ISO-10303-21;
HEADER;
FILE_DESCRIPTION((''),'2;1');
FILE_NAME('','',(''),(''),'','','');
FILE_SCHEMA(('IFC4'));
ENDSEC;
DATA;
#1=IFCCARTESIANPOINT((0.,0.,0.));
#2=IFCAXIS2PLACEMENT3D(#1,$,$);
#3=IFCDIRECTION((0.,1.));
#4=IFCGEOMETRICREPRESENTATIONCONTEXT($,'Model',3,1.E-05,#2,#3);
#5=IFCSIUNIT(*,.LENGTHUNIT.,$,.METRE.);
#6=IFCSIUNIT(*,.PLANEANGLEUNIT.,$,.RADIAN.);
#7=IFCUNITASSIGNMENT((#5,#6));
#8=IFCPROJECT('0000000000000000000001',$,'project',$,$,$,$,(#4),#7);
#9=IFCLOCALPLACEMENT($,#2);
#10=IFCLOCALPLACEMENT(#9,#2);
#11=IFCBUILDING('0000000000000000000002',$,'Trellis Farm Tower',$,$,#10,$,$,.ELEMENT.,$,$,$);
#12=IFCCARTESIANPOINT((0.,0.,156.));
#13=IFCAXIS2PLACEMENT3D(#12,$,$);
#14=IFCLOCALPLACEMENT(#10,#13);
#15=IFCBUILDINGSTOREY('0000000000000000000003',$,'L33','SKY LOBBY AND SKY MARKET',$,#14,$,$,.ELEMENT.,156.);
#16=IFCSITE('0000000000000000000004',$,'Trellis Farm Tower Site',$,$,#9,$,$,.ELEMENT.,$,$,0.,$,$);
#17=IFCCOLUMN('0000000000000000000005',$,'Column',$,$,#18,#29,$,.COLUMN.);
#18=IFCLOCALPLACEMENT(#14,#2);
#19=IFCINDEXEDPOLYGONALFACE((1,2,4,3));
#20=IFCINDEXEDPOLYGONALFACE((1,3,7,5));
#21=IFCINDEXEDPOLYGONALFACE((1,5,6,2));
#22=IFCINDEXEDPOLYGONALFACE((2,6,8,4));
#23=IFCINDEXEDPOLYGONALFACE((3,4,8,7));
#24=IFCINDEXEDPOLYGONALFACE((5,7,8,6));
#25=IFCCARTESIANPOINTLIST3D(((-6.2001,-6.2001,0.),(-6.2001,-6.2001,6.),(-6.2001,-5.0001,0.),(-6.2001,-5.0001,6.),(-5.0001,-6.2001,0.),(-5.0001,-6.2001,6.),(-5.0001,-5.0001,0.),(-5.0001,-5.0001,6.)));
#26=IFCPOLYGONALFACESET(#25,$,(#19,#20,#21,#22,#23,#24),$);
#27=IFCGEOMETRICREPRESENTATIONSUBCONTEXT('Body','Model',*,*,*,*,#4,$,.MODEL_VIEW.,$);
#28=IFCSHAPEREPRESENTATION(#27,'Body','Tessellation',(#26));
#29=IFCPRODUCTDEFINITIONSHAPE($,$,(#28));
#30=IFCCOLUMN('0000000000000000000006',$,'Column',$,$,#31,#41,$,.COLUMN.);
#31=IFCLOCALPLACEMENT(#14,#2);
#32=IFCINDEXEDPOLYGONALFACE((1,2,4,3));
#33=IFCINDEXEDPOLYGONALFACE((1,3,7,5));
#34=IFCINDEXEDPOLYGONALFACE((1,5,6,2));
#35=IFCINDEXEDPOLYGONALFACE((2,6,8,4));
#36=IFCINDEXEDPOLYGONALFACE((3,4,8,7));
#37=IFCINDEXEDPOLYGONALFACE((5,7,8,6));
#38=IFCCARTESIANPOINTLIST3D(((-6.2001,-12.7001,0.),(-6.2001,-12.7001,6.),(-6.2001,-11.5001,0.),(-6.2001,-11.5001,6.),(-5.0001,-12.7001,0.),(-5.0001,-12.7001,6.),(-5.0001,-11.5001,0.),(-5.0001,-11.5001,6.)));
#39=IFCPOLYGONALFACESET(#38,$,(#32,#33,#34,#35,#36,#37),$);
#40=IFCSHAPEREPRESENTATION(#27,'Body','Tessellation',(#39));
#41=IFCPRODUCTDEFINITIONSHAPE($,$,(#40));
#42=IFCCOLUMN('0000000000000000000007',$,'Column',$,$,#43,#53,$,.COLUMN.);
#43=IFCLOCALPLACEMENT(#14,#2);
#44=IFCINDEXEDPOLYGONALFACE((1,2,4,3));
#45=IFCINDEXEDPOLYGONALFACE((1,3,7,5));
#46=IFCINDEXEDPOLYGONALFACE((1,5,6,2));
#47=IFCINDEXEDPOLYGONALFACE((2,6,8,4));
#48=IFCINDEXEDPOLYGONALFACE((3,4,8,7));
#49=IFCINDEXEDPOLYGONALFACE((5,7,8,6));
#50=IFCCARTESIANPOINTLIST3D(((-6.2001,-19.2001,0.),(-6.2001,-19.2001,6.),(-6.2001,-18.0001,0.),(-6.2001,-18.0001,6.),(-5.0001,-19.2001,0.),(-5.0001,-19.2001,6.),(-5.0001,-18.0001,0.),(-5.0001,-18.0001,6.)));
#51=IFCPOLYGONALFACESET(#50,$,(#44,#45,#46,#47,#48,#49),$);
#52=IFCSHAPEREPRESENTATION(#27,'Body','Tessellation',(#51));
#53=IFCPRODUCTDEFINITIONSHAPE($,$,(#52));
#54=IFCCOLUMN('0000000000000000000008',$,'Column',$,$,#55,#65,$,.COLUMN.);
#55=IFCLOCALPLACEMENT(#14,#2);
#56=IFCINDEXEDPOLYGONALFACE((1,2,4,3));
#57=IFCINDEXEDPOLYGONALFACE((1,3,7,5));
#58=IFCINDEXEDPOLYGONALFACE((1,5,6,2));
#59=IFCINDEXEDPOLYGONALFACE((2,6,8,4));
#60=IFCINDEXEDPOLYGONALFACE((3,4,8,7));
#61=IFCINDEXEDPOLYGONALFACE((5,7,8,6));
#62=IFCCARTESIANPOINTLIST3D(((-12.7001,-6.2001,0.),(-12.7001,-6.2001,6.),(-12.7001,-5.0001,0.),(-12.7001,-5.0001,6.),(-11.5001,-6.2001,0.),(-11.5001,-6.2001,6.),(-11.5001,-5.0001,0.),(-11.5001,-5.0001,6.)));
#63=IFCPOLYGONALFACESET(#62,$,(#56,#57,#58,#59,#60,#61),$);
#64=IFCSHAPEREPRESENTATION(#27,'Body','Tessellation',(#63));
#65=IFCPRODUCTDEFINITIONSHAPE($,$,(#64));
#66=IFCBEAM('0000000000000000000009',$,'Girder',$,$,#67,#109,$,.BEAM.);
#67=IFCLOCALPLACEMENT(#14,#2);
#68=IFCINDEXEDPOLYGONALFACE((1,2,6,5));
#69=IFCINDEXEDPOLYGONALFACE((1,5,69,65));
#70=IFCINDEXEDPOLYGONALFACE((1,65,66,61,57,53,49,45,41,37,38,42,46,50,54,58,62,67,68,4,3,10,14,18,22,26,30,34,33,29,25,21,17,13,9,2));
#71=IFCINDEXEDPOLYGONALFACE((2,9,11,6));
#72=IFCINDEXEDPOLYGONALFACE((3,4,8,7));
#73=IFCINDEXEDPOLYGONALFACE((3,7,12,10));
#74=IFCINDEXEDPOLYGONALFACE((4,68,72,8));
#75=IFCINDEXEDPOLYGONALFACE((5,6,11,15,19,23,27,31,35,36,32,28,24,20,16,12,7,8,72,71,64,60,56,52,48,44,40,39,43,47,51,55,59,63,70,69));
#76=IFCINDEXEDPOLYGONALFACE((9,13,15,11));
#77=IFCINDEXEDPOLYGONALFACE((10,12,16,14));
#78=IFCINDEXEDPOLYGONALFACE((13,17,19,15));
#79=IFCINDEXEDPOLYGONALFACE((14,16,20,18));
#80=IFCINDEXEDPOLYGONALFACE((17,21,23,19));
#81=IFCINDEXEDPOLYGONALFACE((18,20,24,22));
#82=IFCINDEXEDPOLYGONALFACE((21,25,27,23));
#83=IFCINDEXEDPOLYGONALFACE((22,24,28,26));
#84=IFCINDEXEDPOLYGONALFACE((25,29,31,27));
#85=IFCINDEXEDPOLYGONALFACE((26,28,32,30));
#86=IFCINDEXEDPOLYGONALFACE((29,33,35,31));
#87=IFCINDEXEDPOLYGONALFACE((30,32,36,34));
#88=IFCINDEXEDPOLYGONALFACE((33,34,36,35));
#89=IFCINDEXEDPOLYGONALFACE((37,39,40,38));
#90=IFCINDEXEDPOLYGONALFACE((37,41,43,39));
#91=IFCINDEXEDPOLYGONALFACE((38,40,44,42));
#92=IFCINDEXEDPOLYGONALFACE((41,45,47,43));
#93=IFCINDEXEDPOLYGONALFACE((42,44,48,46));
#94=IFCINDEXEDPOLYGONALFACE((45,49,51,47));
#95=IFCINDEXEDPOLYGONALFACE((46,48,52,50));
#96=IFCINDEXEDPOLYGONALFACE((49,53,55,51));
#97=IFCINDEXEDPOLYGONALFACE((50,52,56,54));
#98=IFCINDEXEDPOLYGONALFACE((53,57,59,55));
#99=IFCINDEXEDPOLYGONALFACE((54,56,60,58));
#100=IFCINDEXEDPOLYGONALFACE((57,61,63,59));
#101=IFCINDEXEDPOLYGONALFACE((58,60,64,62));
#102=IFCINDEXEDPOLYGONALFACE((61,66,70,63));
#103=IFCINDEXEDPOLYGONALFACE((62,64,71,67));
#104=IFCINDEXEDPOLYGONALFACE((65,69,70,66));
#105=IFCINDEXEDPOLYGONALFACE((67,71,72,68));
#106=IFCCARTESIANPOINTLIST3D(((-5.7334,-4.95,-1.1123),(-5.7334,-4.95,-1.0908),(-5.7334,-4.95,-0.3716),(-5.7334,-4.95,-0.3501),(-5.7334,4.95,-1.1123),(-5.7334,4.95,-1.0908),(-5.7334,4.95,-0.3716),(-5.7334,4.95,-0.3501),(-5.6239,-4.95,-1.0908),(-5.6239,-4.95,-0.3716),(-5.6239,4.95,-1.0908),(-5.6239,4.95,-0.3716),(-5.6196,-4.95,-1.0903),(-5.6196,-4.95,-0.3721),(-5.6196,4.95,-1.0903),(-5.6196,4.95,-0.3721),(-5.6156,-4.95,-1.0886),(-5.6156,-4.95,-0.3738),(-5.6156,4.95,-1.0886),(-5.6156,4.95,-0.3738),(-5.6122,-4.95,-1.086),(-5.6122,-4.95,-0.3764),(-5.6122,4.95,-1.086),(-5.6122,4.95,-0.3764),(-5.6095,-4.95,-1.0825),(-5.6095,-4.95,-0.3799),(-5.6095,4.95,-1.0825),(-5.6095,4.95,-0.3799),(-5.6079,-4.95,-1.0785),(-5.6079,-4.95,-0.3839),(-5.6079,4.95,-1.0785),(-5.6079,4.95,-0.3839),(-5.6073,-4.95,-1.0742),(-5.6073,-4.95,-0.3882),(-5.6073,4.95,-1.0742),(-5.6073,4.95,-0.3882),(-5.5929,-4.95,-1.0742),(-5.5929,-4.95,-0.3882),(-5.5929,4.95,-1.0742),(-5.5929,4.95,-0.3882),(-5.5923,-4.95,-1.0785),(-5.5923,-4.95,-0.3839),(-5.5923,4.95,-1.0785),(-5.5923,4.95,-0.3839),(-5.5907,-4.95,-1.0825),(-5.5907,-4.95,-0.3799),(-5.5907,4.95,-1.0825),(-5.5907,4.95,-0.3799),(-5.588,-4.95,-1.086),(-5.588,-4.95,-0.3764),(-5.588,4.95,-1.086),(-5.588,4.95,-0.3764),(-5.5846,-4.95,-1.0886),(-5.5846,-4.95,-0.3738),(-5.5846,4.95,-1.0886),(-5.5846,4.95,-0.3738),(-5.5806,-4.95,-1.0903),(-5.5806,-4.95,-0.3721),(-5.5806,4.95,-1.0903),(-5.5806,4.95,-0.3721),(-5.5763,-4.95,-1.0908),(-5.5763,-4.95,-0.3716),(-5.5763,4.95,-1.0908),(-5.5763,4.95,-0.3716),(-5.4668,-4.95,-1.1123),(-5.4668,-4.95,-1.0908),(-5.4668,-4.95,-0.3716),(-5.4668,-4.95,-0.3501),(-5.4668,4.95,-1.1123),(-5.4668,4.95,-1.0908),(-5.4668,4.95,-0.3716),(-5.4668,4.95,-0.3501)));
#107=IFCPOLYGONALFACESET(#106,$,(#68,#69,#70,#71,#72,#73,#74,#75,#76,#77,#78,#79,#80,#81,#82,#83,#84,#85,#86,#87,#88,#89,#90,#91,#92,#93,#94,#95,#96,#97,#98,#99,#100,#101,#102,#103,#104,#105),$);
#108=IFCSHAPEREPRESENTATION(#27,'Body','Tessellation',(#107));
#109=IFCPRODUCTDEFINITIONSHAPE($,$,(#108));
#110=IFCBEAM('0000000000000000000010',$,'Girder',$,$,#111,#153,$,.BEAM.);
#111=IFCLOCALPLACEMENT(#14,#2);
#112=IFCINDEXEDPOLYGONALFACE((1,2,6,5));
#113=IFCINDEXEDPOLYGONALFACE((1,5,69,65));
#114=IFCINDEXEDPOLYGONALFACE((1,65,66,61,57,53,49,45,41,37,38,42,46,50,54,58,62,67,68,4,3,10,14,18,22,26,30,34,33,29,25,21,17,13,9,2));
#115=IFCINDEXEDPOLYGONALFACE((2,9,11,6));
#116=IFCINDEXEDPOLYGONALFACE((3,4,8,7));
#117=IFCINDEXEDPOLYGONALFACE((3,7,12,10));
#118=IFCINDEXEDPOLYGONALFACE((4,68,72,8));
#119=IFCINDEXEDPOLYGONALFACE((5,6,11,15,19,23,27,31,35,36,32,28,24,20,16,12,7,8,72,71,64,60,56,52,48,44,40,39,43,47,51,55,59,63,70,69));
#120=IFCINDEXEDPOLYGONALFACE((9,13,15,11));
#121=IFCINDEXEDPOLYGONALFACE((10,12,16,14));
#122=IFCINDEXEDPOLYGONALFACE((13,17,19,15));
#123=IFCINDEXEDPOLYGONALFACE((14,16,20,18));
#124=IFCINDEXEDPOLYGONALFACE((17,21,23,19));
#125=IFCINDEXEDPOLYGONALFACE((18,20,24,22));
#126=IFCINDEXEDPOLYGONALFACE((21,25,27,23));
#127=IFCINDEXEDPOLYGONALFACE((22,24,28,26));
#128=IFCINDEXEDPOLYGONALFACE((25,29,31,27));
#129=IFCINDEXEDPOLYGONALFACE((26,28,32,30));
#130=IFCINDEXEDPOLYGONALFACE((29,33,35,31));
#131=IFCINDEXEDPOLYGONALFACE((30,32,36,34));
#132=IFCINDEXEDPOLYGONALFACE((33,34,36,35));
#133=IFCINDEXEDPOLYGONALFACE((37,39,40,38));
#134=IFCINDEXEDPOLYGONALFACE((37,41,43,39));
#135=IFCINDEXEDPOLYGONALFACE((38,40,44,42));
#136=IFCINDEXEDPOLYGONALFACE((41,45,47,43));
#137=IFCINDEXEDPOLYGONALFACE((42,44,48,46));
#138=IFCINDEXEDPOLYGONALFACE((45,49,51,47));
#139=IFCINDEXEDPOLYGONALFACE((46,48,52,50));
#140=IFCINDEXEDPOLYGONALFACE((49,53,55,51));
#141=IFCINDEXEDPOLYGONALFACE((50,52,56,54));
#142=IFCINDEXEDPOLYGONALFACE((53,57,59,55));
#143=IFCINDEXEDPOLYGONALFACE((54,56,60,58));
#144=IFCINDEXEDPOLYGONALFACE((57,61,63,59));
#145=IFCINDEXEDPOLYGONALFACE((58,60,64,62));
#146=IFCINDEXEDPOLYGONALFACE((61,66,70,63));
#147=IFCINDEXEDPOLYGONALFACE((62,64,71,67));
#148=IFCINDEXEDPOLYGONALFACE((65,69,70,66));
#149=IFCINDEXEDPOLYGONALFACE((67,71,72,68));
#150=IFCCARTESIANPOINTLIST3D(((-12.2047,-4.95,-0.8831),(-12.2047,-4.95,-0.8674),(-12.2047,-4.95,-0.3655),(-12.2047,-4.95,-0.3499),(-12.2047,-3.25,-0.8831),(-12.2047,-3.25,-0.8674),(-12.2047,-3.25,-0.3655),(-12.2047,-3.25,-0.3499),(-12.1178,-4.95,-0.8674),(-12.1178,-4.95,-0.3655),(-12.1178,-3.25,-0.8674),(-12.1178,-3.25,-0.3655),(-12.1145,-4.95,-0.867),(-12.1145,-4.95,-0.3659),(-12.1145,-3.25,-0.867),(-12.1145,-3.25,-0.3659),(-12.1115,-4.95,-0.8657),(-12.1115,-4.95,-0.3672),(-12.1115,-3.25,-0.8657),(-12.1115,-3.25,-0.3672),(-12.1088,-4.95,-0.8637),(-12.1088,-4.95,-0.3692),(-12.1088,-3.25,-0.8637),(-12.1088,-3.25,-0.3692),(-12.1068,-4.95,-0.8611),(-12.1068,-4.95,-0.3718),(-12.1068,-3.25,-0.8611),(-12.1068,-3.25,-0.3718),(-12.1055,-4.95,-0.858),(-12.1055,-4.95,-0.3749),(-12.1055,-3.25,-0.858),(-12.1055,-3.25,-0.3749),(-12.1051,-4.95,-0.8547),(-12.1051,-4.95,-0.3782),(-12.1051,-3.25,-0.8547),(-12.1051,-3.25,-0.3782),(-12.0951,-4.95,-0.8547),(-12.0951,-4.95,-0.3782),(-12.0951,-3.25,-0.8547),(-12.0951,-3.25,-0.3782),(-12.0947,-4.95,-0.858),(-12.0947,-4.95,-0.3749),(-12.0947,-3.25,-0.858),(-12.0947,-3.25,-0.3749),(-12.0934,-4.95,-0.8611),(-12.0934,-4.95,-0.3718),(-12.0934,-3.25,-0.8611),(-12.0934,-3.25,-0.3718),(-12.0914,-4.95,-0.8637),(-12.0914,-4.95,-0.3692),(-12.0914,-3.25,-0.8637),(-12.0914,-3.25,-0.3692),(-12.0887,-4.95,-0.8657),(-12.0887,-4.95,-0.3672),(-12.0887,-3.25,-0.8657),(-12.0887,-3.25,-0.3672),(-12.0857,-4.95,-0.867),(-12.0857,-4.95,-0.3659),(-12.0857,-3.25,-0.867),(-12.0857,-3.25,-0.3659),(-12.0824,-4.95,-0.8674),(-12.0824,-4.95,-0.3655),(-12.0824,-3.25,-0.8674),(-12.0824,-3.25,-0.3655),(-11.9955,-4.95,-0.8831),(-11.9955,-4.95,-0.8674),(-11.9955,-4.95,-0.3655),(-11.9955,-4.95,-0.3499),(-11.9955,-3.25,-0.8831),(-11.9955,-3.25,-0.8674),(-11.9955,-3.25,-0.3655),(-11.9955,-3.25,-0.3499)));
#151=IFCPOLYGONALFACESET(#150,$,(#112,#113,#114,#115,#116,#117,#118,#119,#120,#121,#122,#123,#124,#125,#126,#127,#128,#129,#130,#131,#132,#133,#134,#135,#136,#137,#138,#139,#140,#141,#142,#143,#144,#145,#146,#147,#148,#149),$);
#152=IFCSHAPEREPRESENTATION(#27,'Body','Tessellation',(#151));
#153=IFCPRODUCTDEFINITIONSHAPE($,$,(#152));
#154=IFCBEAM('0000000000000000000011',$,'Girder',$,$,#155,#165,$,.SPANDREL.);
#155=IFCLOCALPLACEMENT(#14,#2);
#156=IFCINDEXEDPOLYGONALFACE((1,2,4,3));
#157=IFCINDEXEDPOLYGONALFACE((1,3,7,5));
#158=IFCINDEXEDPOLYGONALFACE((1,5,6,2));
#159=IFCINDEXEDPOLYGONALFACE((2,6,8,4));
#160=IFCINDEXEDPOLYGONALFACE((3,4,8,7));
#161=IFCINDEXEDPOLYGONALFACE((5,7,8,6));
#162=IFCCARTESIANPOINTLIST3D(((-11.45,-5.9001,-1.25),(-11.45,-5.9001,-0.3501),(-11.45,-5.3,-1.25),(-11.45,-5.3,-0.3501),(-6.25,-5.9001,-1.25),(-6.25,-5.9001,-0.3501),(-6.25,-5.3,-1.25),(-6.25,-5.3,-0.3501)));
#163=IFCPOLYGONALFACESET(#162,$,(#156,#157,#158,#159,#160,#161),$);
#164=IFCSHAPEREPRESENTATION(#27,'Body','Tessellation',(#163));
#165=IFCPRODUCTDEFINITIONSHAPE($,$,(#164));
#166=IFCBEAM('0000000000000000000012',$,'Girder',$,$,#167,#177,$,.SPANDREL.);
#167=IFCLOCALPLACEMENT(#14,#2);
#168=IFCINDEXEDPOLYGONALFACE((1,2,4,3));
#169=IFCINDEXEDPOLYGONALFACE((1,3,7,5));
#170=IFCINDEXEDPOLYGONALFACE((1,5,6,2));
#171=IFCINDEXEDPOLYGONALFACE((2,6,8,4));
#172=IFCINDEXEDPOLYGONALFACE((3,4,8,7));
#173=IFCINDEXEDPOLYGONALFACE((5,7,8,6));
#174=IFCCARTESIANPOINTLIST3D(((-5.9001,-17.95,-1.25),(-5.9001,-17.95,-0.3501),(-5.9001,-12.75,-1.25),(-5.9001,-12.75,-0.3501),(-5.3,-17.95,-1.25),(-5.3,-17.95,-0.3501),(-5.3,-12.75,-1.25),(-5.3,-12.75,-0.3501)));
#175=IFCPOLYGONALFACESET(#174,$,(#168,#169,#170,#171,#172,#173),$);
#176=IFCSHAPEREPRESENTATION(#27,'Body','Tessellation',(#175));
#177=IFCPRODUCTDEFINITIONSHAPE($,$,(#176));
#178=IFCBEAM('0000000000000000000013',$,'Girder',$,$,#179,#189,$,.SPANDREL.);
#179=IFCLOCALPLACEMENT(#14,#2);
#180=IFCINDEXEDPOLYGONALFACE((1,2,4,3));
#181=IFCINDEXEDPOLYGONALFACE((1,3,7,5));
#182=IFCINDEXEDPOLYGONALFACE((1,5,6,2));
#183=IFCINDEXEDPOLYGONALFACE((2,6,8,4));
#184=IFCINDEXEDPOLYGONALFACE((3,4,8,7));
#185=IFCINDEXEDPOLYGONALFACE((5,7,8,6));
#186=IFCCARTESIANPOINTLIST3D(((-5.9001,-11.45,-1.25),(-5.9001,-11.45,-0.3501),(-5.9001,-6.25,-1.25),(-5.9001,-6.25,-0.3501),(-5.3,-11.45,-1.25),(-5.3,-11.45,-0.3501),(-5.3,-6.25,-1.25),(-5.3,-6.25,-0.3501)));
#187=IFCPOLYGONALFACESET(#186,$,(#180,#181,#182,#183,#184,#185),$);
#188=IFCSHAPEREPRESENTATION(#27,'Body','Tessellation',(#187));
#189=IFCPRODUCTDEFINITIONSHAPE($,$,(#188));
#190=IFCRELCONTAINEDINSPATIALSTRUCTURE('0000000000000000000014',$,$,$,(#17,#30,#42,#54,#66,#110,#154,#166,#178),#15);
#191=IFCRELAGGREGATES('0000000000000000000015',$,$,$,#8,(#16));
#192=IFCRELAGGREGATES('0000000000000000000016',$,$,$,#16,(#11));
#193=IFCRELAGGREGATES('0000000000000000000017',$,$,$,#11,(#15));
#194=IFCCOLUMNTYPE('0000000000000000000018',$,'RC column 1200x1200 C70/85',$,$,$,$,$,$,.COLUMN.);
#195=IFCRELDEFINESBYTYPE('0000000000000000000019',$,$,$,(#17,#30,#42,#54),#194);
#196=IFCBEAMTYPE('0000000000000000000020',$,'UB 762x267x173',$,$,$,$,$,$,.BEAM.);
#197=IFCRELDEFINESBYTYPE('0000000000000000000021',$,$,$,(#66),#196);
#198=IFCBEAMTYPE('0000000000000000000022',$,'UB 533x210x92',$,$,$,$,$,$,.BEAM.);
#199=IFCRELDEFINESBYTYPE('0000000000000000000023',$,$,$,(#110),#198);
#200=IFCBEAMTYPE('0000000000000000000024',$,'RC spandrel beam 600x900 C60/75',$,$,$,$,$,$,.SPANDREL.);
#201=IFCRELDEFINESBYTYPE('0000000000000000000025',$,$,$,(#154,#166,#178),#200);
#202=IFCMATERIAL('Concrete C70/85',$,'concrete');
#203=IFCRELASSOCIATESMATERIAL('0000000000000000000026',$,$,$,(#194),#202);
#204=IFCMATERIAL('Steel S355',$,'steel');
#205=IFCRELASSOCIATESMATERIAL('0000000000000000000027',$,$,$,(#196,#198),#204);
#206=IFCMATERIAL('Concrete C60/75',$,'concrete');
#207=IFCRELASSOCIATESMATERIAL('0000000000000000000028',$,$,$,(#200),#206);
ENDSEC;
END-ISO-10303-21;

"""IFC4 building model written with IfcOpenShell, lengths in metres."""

from ifc_helpers import new_model, si_unit, direction, frame, origin, origin_2d, place, context, subcontext, project, spatial, rectangle, i_section, extrude, source, transform, mapped, material, material_profile, profile_set, type_object, element, save


model = new_model("IFC4")

# Units and contexts
model_context = context("Model", 3, precision=1e-05, world=origin(), true_north=direction((0.0, 1.0)))
body_context = subcontext(model_context, "Body", "Model", "MODEL_VIEW")
ifc_project = project(units=[si_unit("LENGTHUNIT", "METRE"), si_unit("PLANEANGLEUNIT", "RADIAN")], contexts=[model_context])

# Site, building, storey
site_placement = place(None, origin())
site = spatial("IfcSite", under=ifc_project, at=site_placement, Name="Trellis Farm Tower Site", CompositionType="ELEMENT", RefElevation=0.0)
building_placement = place(site_placement, origin())
building = spatial("IfcBuilding", under=site, at=building_placement, Name="Trellis Farm Tower", CompositionType="ELEMENT")
storey_placement = place(building_placement, frame((0.0, 0.0, 156.0)))
storey = spatial("IfcBuildingStorey", under=building, at=storey_placement, Name="L33", Description="SKY LOBBY AND SKY MARKET", CompositionType="ELEMENT", Elevation=156.0)

# Columns
ifc_material_1 = material(Name="Concrete C70/85", Category="concrete")
ifc_material_profile_1 = material_profile(ifc_material_1, rectangle(XDim=1.2, YDim=1.2, at=origin_2d()), Name="RC column 1200x1200 C70/85")
ifc_profile_set_1 = profile_set([ifc_material_profile_1], Name="Concrete C70/85")
column_type = type_object("IfcColumnType", Name="RC column 1200x1200 C70/85", PredefinedType="COLUMN", material=ifc_profile_set_1)
shared_shape_1 = source(origin(), body_context, "Body", "SweptSolid", [
    extrude(rectangle(XDim=1.2, YDim=1.2, at=origin_2d()), origin(), (0.0, 0.0, 1.0), 6.0),
])
for number, where, z_axis, x_axis, name in (
    (1, (-5.6001, -5.6001, 0.0), (0.0, 0.0, 1.0), (1.0, 0.0, 0.0), "Column"),
    (2, (-5.6001, -12.1001, 0.0), (0.0, 0.0, 1.0), (1.0, 0.0, 0.0), "Column"),
    (3, (-5.6001, -18.6001, 0.0), (0.0, 0.0, 1.0), (1.0, 0.0, 0.0), "Column"),
    (4, (-12.1001, -5.6001, 0.0), (0.0, 0.0, 1.0), (1.0, 0.0, 0.0), "Column"),
):
    element("IfcColumn", number, at=place(storey_placement, frame(where, z_axis=z_axis, x_axis=x_axis)), inside=storey, type_object=column_type, Name=name, PredefinedType="COLUMN", context=body_context, shape_type="MappedRepresentation", body=[
        mapped(shared_shape_1, transform((0.0, 0.0, 0.0))),
    ])

# Beams
ifc_material_2 = material(Name="Steel S355", Category="steel")
ifc_material_profile_2 = material_profile(ifc_material_2, i_section(OverallWidth=0.2666, OverallDepth=0.7622, WebThickness=0.0144, FlangeThickness=0.0215, FilletRadius=0.0166, at=origin_2d()), Name="UB 762x267x173")
ifc_profile_set_2 = profile_set([ifc_material_profile_2], Name="Steel S355")
beam_type_1 = type_object("IfcBeamType", Name="UB 762x267x173", PredefinedType="BEAM", material=ifc_profile_set_2)
shared_shape_2 = source(origin(), body_context, "Body", "SweptSolid", [
    extrude(i_section(OverallWidth=0.2666, OverallDepth=0.7622, WebThickness=0.0144, FlangeThickness=0.0215, FilletRadius=0.0166, at=origin_2d()), origin(), (0.0, 0.0, 1.0), 9.8999),
])
beam_1_placement = place(storey_placement, frame((-5.6001, -4.95, -0.7312), z_axis=(0.0, 1.0, 0.0), x_axis=(-1.0, 0.0, 0.0)))
element("IfcBeam", 5, at=beam_1_placement, inside=storey, type_object=beam_type_1, Name="Girder", PredefinedType="BEAM", context=body_context, shape_type="MappedRepresentation", body=[
    mapped(shared_shape_2, transform((0.0, 0.0, 0.0))),
])
ifc_material_profile_3 = material_profile(ifc_material_2, i_section(OverallWidth=0.2092, OverallDepth=0.5332, WebThickness=0.01, FlangeThickness=0.0156, FilletRadius=0.0127, at=origin_2d()), Name="UB 533x210x92")
ifc_profile_set_3 = profile_set([ifc_material_profile_3], Name="Steel S355")
beam_type_2 = type_object("IfcBeamType", Name="UB 533x210x92", PredefinedType="BEAM", material=ifc_profile_set_3)
shared_shape_3 = source(origin(), body_context, "Body", "SweptSolid", [
    extrude(i_section(OverallWidth=0.2092, OverallDepth=0.5332, WebThickness=0.01, FlangeThickness=0.0156, FilletRadius=0.0127, at=origin_2d()), origin(), (0.0, 0.0, 1.0), 1.7),
])
beam_2_placement = place(storey_placement, frame((-12.1001, -4.95, -0.6165), z_axis=(0.0, 1.0, 0.0), x_axis=(-1.0, 0.0, 0.0)))
element("IfcBeam", 6, at=beam_2_placement, inside=storey, type_object=beam_type_2, Name="Girder", PredefinedType="BEAM", context=body_context, shape_type="MappedRepresentation", body=[
    mapped(shared_shape_3, transform((0.0, 0.0, 0.0))),
])
ifc_material_3 = material(Name="Concrete C60/75", Category="concrete")
ifc_material_profile_4 = material_profile(ifc_material_3, rectangle(XDim=0.6001, YDim=0.8999, at=origin_2d()), Name="RC spandrel beam 600x900 C60/75")
ifc_profile_set_4 = profile_set([ifc_material_profile_4], Name="Concrete C60/75")
beam_type_3 = type_object("IfcBeamType", Name="RC spandrel beam 600x900 C60/75", PredefinedType="SPANDREL", material=ifc_profile_set_4)
shared_shape_4 = source(origin(), body_context, "Body", "SweptSolid", [
    extrude(rectangle(XDim=0.6001, YDim=0.8999, at=origin_2d()), origin(), (0.0, 0.0, 1.0), 5.2),
])
for number, where, z_axis, x_axis, name in (
    (7, (-11.45, -5.6001, -0.8), (1.0, 0.0, 0.0), (0.0, 1.0, 0.0), "Girder"),
    (8, (-5.6001, -17.95, -0.8), (0.0, 1.0, 0.0), (-1.0, 0.0, 0.0), "Girder"),
    (9, (-5.6001, -11.45, -0.8), (0.0, 1.0, 0.0), (-1.0, 0.0, 0.0), "Girder"),
):
    element("IfcBeam", number, at=place(storey_placement, frame(where, z_axis=z_axis, x_axis=x_axis)), inside=storey, type_object=beam_type_3, Name=name, PredefinedType="SPANDREL", context=body_context, shape_type="MappedRepresentation", body=[
        mapped(shared_shape_4, transform((0.0, 0.0, 0.0))),
    ])

save(model, "model.ifc")
